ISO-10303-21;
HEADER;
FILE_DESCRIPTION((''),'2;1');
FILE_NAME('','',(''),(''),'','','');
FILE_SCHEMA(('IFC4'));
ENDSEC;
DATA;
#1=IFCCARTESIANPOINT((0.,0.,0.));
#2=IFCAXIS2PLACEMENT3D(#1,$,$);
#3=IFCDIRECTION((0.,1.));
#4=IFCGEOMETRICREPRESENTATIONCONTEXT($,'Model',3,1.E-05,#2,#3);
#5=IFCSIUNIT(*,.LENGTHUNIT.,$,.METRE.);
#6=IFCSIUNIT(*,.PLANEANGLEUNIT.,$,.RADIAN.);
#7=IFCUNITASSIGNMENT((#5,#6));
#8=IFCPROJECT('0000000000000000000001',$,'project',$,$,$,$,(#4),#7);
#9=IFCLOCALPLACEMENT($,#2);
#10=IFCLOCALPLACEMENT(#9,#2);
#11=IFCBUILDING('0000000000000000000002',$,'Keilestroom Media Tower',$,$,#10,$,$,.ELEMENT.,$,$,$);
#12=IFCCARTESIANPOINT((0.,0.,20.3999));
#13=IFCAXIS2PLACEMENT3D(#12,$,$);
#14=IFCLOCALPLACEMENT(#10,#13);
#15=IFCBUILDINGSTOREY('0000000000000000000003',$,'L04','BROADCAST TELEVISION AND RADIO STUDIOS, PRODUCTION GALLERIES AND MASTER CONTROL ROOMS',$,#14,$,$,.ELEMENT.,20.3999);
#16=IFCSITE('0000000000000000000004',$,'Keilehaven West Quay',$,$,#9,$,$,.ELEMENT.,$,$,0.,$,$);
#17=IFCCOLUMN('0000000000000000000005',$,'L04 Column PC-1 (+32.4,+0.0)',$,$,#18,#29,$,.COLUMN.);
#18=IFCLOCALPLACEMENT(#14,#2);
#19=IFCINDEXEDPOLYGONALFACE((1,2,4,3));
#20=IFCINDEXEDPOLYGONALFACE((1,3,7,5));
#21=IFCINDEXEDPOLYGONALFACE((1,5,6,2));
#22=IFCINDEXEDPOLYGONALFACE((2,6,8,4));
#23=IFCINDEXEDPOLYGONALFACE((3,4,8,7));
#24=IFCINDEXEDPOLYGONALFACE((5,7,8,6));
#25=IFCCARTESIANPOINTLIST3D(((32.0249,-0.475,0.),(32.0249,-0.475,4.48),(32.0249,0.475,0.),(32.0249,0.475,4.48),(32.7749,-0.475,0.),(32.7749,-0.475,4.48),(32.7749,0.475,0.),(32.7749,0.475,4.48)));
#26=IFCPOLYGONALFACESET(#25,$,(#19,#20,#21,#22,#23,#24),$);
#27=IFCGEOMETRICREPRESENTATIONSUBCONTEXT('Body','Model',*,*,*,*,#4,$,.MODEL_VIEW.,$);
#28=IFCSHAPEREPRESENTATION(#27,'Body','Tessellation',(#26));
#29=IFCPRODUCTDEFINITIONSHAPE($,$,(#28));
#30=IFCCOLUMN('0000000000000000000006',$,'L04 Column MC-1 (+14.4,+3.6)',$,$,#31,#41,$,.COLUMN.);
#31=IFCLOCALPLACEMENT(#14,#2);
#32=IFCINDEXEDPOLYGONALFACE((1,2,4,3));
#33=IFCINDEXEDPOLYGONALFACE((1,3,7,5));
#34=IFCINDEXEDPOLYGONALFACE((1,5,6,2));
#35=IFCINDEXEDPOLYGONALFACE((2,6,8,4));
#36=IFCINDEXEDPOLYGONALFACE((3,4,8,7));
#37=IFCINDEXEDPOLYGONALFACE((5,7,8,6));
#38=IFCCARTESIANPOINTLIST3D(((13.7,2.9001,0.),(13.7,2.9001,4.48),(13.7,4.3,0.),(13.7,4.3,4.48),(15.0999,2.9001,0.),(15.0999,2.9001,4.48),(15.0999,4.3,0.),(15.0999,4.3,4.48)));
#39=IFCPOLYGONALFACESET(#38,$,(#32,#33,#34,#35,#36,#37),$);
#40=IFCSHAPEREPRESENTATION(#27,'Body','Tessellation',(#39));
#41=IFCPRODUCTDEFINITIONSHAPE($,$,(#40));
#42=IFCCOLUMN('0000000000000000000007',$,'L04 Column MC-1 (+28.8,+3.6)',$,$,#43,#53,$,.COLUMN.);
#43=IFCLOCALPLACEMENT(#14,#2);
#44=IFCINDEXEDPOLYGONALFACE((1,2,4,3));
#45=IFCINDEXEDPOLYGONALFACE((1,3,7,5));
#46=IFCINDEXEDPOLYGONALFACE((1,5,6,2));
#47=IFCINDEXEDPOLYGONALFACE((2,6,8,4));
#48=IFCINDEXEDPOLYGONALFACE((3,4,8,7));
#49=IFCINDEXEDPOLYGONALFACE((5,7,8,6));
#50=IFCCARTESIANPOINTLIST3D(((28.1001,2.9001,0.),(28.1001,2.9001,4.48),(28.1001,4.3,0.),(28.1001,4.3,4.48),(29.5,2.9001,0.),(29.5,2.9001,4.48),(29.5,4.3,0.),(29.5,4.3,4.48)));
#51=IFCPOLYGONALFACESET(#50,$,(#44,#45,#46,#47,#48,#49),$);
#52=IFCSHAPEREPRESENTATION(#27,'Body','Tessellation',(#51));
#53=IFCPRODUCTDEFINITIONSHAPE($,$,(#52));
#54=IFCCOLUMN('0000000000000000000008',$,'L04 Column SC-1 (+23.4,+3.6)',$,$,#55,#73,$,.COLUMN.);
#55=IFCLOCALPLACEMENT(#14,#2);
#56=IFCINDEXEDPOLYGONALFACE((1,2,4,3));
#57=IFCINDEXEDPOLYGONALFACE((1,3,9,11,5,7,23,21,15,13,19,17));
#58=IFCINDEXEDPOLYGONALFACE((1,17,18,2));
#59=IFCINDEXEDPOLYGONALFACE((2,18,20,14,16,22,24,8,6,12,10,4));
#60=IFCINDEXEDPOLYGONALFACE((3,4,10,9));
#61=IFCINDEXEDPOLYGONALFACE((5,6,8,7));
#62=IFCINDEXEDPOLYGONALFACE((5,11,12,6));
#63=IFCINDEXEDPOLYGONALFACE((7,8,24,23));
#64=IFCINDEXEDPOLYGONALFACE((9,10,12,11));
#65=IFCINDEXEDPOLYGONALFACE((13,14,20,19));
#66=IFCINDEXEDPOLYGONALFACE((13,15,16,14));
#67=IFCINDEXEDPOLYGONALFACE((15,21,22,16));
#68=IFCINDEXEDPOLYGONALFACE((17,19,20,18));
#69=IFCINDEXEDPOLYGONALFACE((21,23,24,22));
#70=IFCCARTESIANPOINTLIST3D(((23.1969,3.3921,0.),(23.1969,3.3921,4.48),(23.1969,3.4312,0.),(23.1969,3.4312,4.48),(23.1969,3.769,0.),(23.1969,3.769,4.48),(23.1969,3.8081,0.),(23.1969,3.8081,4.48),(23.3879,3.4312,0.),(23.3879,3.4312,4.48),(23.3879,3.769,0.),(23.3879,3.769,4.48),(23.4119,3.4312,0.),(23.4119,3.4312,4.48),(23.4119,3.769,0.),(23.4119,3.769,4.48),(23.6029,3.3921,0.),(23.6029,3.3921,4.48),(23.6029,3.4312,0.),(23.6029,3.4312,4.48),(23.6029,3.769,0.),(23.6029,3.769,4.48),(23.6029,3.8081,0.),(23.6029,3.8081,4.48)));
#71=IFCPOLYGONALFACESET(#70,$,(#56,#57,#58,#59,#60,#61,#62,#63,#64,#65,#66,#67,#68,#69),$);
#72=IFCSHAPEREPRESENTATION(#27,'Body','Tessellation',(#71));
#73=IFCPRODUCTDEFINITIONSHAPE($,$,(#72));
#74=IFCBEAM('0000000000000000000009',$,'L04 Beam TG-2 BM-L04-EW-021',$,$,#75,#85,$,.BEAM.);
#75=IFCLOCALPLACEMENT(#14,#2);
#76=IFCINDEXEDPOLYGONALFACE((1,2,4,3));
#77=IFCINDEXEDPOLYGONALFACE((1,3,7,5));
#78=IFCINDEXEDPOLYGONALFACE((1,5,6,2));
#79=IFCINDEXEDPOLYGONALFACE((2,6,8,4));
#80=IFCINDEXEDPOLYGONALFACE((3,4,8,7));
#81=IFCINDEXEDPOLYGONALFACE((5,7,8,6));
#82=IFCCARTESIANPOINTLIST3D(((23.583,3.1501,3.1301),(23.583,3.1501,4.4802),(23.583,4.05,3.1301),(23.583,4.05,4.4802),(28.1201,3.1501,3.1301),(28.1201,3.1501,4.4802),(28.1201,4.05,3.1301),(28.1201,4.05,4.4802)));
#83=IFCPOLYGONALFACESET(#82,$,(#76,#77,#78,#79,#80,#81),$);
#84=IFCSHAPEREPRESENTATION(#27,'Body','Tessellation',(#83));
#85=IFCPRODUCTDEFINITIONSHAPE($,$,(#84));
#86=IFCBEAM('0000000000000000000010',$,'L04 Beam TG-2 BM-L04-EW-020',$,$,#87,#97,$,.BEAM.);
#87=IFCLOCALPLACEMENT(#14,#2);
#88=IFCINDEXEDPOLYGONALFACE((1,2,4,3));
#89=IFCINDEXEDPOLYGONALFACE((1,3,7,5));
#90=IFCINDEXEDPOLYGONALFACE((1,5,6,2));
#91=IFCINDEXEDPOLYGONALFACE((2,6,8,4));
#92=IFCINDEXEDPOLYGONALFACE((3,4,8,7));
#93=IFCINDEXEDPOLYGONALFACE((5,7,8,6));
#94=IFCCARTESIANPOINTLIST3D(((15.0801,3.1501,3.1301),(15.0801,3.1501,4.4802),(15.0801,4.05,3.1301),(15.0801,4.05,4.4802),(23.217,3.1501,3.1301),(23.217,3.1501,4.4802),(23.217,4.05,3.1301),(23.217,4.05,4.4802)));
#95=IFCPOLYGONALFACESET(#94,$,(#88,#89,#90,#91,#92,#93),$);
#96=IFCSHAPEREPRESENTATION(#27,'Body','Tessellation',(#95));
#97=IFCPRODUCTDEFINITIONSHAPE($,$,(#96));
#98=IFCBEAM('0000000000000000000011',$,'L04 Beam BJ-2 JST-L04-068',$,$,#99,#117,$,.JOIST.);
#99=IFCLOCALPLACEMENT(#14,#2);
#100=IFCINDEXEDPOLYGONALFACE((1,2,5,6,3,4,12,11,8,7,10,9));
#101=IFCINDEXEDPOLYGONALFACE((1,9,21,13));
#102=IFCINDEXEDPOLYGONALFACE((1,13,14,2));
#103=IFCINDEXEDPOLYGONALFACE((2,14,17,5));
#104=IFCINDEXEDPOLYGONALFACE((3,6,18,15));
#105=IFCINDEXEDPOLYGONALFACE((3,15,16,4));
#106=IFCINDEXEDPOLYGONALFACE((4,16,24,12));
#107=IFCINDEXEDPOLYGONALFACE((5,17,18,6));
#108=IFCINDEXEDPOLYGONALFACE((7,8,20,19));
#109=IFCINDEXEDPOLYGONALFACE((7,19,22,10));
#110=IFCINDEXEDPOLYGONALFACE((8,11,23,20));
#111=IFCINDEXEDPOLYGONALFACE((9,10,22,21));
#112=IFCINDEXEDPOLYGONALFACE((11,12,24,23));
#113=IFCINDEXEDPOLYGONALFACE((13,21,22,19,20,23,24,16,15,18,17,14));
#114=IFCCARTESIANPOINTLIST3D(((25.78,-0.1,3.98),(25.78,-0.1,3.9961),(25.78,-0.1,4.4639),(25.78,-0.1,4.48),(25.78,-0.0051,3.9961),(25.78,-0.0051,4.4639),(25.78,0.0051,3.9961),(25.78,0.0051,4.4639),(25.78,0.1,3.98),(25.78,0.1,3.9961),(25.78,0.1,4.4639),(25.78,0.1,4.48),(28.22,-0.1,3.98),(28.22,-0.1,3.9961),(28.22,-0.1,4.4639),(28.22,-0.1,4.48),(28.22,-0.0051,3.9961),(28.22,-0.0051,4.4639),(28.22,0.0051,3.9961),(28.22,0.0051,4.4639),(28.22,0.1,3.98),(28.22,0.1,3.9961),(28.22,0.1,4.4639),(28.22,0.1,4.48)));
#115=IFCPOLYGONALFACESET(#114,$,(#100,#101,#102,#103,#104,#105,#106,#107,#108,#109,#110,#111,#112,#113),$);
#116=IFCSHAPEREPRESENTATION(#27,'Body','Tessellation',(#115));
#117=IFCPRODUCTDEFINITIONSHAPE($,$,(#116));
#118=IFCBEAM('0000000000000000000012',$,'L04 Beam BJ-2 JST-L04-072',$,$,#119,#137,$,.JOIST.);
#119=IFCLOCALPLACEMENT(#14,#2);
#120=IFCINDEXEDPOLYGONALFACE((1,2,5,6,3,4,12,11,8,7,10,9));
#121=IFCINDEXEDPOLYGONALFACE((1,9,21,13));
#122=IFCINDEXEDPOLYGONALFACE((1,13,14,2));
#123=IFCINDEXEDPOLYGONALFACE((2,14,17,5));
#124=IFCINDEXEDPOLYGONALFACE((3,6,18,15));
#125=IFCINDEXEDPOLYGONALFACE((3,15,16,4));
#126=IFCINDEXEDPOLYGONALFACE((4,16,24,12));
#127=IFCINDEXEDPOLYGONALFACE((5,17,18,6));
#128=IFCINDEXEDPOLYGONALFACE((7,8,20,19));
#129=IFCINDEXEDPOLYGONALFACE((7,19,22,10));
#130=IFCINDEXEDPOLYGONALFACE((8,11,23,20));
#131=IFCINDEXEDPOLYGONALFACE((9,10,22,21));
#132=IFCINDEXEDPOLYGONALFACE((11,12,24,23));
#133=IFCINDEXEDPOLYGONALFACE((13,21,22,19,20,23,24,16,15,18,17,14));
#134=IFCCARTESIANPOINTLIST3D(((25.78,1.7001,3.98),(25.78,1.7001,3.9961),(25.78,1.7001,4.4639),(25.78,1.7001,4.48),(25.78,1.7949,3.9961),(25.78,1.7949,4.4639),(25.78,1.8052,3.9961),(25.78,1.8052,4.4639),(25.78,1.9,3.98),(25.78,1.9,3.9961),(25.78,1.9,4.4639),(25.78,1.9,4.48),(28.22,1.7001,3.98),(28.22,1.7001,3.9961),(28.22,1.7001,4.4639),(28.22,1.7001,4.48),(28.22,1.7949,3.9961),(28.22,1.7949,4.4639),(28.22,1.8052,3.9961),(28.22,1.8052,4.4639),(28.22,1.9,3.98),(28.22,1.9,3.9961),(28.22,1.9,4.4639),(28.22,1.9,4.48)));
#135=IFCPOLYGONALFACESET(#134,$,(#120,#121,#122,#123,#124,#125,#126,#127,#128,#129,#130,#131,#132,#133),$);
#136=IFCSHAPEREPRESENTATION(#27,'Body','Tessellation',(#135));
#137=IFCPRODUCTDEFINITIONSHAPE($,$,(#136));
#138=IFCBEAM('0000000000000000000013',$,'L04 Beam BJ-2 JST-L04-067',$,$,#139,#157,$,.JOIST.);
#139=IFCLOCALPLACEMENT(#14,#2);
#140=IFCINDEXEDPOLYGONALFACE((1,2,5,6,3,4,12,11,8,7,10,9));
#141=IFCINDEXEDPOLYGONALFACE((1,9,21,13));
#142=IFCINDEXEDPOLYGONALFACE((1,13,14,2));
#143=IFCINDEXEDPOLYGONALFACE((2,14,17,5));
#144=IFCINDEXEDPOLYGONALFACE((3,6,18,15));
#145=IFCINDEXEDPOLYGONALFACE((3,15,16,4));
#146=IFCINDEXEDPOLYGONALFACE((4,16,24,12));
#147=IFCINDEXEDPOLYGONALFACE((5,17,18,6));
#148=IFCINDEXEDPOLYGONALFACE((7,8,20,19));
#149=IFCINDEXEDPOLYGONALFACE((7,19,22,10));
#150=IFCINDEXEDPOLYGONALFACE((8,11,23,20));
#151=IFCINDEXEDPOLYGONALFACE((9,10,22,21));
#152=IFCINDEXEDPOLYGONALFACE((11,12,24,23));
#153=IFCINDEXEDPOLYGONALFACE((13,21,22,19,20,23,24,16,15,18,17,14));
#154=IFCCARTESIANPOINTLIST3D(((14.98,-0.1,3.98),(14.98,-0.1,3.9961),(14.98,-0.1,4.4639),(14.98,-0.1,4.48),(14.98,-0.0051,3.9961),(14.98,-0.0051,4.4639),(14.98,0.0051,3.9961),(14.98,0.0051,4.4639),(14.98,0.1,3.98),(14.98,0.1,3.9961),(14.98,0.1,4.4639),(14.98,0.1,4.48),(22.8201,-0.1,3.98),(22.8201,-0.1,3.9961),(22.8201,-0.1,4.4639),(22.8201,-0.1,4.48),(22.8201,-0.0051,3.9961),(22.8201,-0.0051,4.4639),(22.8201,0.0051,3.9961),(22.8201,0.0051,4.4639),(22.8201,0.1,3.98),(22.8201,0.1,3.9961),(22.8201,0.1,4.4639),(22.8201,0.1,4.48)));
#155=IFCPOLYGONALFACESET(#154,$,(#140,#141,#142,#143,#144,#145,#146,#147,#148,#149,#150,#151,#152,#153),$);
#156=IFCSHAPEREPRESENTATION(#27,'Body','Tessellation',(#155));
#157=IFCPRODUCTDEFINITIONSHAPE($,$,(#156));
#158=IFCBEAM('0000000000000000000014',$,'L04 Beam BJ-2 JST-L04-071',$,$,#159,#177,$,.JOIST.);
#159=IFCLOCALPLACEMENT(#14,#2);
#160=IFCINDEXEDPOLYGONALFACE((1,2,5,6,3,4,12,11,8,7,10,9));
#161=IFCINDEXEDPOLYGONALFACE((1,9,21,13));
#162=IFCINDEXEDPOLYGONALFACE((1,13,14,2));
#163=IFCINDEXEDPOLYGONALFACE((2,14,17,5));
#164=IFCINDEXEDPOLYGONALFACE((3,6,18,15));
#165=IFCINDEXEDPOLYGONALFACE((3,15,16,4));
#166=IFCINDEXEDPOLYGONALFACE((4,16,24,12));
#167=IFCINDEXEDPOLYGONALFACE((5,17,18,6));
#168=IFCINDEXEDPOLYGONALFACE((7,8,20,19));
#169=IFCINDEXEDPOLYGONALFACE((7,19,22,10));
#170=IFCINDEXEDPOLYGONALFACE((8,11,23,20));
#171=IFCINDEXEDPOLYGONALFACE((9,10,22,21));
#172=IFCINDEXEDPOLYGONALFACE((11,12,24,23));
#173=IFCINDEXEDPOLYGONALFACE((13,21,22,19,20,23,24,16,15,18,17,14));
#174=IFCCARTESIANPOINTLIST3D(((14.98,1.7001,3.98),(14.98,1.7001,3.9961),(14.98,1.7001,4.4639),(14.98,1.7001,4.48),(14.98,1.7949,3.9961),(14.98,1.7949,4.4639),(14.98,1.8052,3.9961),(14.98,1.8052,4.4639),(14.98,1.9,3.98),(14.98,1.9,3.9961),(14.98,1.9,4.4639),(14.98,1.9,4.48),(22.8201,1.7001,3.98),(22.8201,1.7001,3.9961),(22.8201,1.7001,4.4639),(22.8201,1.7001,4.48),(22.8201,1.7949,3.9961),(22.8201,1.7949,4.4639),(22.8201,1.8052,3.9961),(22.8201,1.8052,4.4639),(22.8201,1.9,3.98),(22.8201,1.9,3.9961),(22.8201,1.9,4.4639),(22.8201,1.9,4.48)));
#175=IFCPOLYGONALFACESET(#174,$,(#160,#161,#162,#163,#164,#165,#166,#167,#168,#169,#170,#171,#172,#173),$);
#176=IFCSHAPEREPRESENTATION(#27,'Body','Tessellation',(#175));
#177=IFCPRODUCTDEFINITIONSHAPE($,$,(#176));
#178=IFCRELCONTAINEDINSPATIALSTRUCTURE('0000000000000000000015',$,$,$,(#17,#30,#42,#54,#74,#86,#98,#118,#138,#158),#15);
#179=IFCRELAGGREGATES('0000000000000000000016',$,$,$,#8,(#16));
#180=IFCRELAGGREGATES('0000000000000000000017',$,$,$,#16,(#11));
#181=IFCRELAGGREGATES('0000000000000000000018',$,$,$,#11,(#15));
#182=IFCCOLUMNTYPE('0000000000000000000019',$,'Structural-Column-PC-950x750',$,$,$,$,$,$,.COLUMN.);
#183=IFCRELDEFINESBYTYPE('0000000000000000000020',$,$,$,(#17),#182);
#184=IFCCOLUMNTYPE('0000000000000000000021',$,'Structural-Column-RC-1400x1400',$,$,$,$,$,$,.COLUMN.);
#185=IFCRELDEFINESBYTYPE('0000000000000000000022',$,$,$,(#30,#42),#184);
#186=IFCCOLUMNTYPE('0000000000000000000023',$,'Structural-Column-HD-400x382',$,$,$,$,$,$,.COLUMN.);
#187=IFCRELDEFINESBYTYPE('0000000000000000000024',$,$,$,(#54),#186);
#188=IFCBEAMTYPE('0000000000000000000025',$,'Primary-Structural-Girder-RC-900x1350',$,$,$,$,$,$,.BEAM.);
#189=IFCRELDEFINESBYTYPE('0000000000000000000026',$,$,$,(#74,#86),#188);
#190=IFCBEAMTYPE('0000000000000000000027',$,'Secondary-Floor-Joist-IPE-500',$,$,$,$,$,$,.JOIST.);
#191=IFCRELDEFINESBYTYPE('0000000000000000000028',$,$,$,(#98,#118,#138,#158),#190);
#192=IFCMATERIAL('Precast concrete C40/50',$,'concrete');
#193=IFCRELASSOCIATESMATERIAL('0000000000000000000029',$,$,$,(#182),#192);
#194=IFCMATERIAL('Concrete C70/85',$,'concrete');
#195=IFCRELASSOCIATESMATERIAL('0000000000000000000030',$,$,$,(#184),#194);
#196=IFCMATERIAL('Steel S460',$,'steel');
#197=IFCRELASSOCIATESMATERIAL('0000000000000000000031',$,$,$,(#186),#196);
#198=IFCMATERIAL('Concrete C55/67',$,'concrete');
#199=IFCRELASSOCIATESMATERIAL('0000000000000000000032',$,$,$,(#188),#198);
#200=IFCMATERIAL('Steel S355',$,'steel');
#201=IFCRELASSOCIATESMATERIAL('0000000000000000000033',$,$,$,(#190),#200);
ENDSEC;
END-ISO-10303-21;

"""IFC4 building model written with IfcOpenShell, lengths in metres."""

from ifc_helpers import new_model, si_unit, direction, frame, origin, origin_2d, place, context, subcontext, project, spatial, rectangle, i_section, extrude, source, transform, mapped, material, material_profile, profile_set, type_object, element, save


model = new_model("IFC4")

# Units and contexts
model_context = context("Model", 3, precision=1e-05, world=origin(), true_north=direction((0.0, 1.0)))
body_context = subcontext(model_context, "Body", "Model", "MODEL_VIEW")
ifc_project = project(units=[si_unit("LENGTHUNIT", "METRE"), si_unit("PLANEANGLEUNIT", "RADIAN")], contexts=[model_context])

# Site, building, storey
site_placement = place(None, origin())
site = spatial("IfcSite", under=ifc_project, at=site_placement, Name="Keilehaven West Quay", CompositionType="ELEMENT", RefElevation=0.0)
building_placement = place(site_placement, origin())
building = spatial("IfcBuilding", under=site, at=building_placement, Name="Keilestroom Media Tower", CompositionType="ELEMENT")
storey_placement = place(building_placement, frame((0.0, 0.0, 20.3999)))
storey = spatial("IfcBuildingStorey", under=building, at=storey_placement, Name="L04", Description="BROADCAST TELEVISION AND RADIO STUDIOS, PRODUCTION GALLERIES AND MASTER CONTROL ROOMS", CompositionType="ELEMENT", Elevation=20.3999)

# Columns
ifc_material_1 = material(Name="Precast concrete C40/50", Category="concrete")
ifc_material_profile_1 = material_profile(ifc_material_1, rectangle(XDim=0.75, YDim=0.95, at=origin_2d()), Name="PC 950x750")
ifc_profile_set_1 = profile_set([ifc_material_profile_1], Name="Precast concrete C40/50")
column_type_1 = type_object("IfcColumnType", Name="Structural-Column-PC-950x750", PredefinedType="COLUMN", material=ifc_profile_set_1)
shared_shape_1 = source(origin(), body_context, "Body", "SweptSolid", [
    extrude(rectangle(XDim=0.75, YDim=0.95, at=origin_2d()), origin(), (0.0, 0.0, 1.0), 4.48),
])
column_1_placement = place(storey_placement, frame((32.3999, 0.0, 0.0), z_axis=(0.0, 0.0, 1.0), x_axis=(1.0, 0.0, 0.0)))
element("IfcColumn", 1, at=column_1_placement, inside=storey, type_object=column_type_1, Name="L04 Column PC-1 (+32.4,+0.0)", PredefinedType="COLUMN", context=body_context, shape_type="MappedRepresentation", body=[
    mapped(shared_shape_1, transform((0.0, 0.0, 0.0), x_axis=(1.0, 0.0, 0.0), y_axis=(0.0, 1.0, 0.0), z_axis=(0.0, 0.0, 1.0), scale=1.0)),
])
ifc_material_2 = material(Name="Concrete C70/85", Category="concrete")
ifc_material_profile_2 = material_profile(ifc_material_2, rectangle(XDim=1.3999, YDim=1.3999, at=origin_2d()), Name="RC 1400x1400")
ifc_profile_set_2 = profile_set([ifc_material_profile_2], Name="Concrete C70/85")
column_type_2 = type_object("IfcColumnType", Name="Structural-Column-RC-1400x1400", PredefinedType="COLUMN", material=ifc_profile_set_2)
shared_shape_2 = source(origin(), body_context, "Body", "SweptSolid", [
    extrude(rectangle(XDim=1.3999, YDim=1.3999, at=origin_2d()), origin(), (0.0, 0.0, 1.0), 4.48),
])
for number, where, z_axis, x_axis, name in (
    (2, (14.3999, 3.6001, 0.0), (0.0, 0.0, 1.0), (1.0, 0.0, 0.0), "L04 Column MC-1 (+14.4,+3.6)"),
    (3, (28.8, 3.6001, 0.0), (0.0, 0.0, 1.0), (1.0, 0.0, 0.0), "L04 Column MC-1 (+28.8,+3.6)"),
):
    element("IfcColumn", number, at=place(storey_placement, frame(where, z_axis=z_axis, x_axis=x_axis)), inside=storey, type_object=column_type_2, Name=name, PredefinedType="COLUMN", context=body_context, shape_type="MappedRepresentation", body=[
        mapped(shared_shape_2, transform((0.0, 0.0, 0.0), x_axis=(1.0, 0.0, 0.0), y_axis=(0.0, 1.0, 0.0), z_axis=(0.0, 0.0, 1.0), scale=1.0)),
    ])
ifc_material_3 = material(Name="Steel S460", Category="steel")
ifc_material_profile_3 = material_profile(ifc_material_3, i_section(OverallWidth=0.406, OverallDepth=0.416, WebThickness=0.0239, FlangeThickness=0.0391, at=origin_2d()), Name="HD 400x382")
ifc_profile_set_3 = profile_set([ifc_material_profile_3], Name="Steel S460")
column_type_3 = type_object("IfcColumnType", Name="Structural-Column-HD-400x382", PredefinedType="COLUMN", material=ifc_profile_set_3)
shared_shape_3 = source(origin(), body_context, "Body", "SweptSolid", [
    extrude(i_section(OverallWidth=0.406, OverallDepth=0.416, WebThickness=0.0239, FlangeThickness=0.0391, at=origin_2d()), origin(), (0.0, 0.0, 1.0), 4.48),
])
column_2_placement = place(storey_placement, frame((23.3999, 3.6001, 0.0), z_axis=(0.0, 0.0, 1.0), x_axis=(1.0, 0.0, 0.0)))
element("IfcColumn", 4, at=column_2_placement, inside=storey, type_object=column_type_3, Name="L04 Column SC-1 (+23.4,+3.6)", PredefinedType="COLUMN", context=body_context, shape_type="MappedRepresentation", body=[
    mapped(shared_shape_3, transform((0.0, 0.0, 0.0), x_axis=(1.0, 0.0, 0.0), y_axis=(0.0, 1.0, 0.0), z_axis=(0.0, 0.0, 1.0), scale=1.0)),
])

# Beams
ifc_material_4 = material(Name="Concrete C55/67", Category="concrete")
ifc_material_profile_4 = material_profile(ifc_material_4, rectangle(XDim=0.8999, YDim=1.3501, at=origin_2d()), Name="RC 900x1350")
ifc_profile_set_4 = profile_set([ifc_material_profile_4], Name="Concrete C55/67")
beam_type_1 = type_object("IfcBeamType", Name="Primary-Structural-Girder-RC-900x1350", PredefinedType="BEAM", material=ifc_profile_set_4)
shared_shape_4 = source(origin(), body_context, "Body", "SweptSolid", [
    extrude(rectangle(XDim=0.8999, YDim=1.3501, at=origin_2d()), origin(), (0.0, 0.0, 1.0), 4.5371),
])
beam_1_placement = place(storey_placement, frame((23.583, 3.6001, 3.8052), z_axis=(1.0, 0.0, 0.0), x_axis=(0.0, 1.0, 0.0)))
element("IfcBeam", 5, at=beam_1_placement, inside=storey, type_object=beam_type_1, Name="L04 Beam TG-2 BM-L04-EW-021", PredefinedType="BEAM", context=body_context, shape_type="MappedRepresentation", body=[
    mapped(shared_shape_4, transform((0.0, 0.0, 0.0), x_axis=(1.0, 0.0, 0.0), y_axis=(0.0, 1.0, 0.0), z_axis=(0.0, 0.0, 1.0), scale=1.0)),
])
shared_shape_5 = source(origin(), body_context, "Body", "SweptSolid", [
    extrude(rectangle(XDim=0.8999, YDim=1.3501, at=origin_2d()), origin(), (0.0, 0.0, 1.0), 8.137),
])
beam_2_placement = place(storey_placement, frame((15.0801, 3.6001, 3.8052), z_axis=(1.0, 0.0, 0.0), x_axis=(0.0, 1.0, 0.0)))
element("IfcBeam", 6, at=beam_2_placement, inside=storey, type_object=beam_type_1, Name="L04 Beam TG-2 BM-L04-EW-020", PredefinedType="BEAM", context=body_context, shape_type="MappedRepresentation", body=[
    mapped(shared_shape_5, transform((0.0, 0.0, 0.0), x_axis=(1.0, 0.0, 0.0), y_axis=(0.0, 1.0, 0.0), z_axis=(0.0, 0.0, 1.0), scale=1.0)),
])
ifc_material_5 = material(Name="Steel S355", Category="steel")
ifc_material_profile_5 = material_profile(ifc_material_5, i_section(OverallWidth=0.2, OverallDepth=0.5, WebThickness=0.0103, FlangeThickness=0.0161, at=origin_2d()), Name="IPE 500")
ifc_profile_set_5 = profile_set([ifc_material_profile_5], Name="Steel S355")
beam_type_2 = type_object("IfcBeamType", Name="Secondary-Floor-Joist-IPE-500", PredefinedType="JOIST", material=ifc_profile_set_5)
shared_shape_6 = source(origin(), body_context, "Body", "SweptSolid", [
    extrude(i_section(OverallWidth=0.2, OverallDepth=0.5, WebThickness=0.0103, FlangeThickness=0.0161, at=origin_2d()), origin(), (0.0, 0.0, 1.0), 2.4399),
])
for number, where, z_axis, x_axis, name in (
    (7, (25.78, 0.0, 4.23), (1.0, 0.0, 0.0), (0.0, 1.0, 0.0), "L04 Beam BJ-2 JST-L04-068"),
    (8, (25.78, 1.8, 4.23), (1.0, 0.0, 0.0), (0.0, 1.0, 0.0), "L04 Beam BJ-2 JST-L04-072"),
):
    element("IfcBeam", number, at=place(storey_placement, frame(where, z_axis=z_axis, x_axis=x_axis)), inside=storey, type_object=beam_type_2, Name=name, PredefinedType="JOIST", context=body_context, shape_type="MappedRepresentation", body=[
        mapped(shared_shape_6, transform((0.0, 0.0, 0.0), x_axis=(1.0, 0.0, 0.0), y_axis=(0.0, 1.0, 0.0), z_axis=(0.0, 0.0, 1.0), scale=1.0)),
    ])
shared_shape_7 = source(origin(), body_context, "Body", "SweptSolid", [
    extrude(i_section(OverallWidth=0.2, OverallDepth=0.5, WebThickness=0.0103, FlangeThickness=0.0161, at=origin_2d()), origin(), (0.0, 0.0, 1.0), 7.8401),
])
for number, where, z_axis, x_axis, name in (
    (9, (14.98, 0.0, 4.23), (1.0, 0.0, 0.0), (0.0, 1.0, 0.0), "L04 Beam BJ-2 JST-L04-067"),
    (10, (14.98, 1.8, 4.23), (1.0, 0.0, 0.0), (0.0, 1.0, 0.0), "L04 Beam BJ-2 JST-L04-071"),
):
    element("IfcBeam", number, at=place(storey_placement, frame(where, z_axis=z_axis, x_axis=x_axis)), inside=storey, type_object=beam_type_2, Name=name, PredefinedType="JOIST", context=body_context, shape_type="MappedRepresentation", body=[
        mapped(shared_shape_7, transform((0.0, 0.0, 0.0), x_axis=(1.0, 0.0, 0.0), y_axis=(0.0, 1.0, 0.0), z_axis=(0.0, 0.0, 1.0), scale=1.0)),
    ])

save(model, "model.ifc")
